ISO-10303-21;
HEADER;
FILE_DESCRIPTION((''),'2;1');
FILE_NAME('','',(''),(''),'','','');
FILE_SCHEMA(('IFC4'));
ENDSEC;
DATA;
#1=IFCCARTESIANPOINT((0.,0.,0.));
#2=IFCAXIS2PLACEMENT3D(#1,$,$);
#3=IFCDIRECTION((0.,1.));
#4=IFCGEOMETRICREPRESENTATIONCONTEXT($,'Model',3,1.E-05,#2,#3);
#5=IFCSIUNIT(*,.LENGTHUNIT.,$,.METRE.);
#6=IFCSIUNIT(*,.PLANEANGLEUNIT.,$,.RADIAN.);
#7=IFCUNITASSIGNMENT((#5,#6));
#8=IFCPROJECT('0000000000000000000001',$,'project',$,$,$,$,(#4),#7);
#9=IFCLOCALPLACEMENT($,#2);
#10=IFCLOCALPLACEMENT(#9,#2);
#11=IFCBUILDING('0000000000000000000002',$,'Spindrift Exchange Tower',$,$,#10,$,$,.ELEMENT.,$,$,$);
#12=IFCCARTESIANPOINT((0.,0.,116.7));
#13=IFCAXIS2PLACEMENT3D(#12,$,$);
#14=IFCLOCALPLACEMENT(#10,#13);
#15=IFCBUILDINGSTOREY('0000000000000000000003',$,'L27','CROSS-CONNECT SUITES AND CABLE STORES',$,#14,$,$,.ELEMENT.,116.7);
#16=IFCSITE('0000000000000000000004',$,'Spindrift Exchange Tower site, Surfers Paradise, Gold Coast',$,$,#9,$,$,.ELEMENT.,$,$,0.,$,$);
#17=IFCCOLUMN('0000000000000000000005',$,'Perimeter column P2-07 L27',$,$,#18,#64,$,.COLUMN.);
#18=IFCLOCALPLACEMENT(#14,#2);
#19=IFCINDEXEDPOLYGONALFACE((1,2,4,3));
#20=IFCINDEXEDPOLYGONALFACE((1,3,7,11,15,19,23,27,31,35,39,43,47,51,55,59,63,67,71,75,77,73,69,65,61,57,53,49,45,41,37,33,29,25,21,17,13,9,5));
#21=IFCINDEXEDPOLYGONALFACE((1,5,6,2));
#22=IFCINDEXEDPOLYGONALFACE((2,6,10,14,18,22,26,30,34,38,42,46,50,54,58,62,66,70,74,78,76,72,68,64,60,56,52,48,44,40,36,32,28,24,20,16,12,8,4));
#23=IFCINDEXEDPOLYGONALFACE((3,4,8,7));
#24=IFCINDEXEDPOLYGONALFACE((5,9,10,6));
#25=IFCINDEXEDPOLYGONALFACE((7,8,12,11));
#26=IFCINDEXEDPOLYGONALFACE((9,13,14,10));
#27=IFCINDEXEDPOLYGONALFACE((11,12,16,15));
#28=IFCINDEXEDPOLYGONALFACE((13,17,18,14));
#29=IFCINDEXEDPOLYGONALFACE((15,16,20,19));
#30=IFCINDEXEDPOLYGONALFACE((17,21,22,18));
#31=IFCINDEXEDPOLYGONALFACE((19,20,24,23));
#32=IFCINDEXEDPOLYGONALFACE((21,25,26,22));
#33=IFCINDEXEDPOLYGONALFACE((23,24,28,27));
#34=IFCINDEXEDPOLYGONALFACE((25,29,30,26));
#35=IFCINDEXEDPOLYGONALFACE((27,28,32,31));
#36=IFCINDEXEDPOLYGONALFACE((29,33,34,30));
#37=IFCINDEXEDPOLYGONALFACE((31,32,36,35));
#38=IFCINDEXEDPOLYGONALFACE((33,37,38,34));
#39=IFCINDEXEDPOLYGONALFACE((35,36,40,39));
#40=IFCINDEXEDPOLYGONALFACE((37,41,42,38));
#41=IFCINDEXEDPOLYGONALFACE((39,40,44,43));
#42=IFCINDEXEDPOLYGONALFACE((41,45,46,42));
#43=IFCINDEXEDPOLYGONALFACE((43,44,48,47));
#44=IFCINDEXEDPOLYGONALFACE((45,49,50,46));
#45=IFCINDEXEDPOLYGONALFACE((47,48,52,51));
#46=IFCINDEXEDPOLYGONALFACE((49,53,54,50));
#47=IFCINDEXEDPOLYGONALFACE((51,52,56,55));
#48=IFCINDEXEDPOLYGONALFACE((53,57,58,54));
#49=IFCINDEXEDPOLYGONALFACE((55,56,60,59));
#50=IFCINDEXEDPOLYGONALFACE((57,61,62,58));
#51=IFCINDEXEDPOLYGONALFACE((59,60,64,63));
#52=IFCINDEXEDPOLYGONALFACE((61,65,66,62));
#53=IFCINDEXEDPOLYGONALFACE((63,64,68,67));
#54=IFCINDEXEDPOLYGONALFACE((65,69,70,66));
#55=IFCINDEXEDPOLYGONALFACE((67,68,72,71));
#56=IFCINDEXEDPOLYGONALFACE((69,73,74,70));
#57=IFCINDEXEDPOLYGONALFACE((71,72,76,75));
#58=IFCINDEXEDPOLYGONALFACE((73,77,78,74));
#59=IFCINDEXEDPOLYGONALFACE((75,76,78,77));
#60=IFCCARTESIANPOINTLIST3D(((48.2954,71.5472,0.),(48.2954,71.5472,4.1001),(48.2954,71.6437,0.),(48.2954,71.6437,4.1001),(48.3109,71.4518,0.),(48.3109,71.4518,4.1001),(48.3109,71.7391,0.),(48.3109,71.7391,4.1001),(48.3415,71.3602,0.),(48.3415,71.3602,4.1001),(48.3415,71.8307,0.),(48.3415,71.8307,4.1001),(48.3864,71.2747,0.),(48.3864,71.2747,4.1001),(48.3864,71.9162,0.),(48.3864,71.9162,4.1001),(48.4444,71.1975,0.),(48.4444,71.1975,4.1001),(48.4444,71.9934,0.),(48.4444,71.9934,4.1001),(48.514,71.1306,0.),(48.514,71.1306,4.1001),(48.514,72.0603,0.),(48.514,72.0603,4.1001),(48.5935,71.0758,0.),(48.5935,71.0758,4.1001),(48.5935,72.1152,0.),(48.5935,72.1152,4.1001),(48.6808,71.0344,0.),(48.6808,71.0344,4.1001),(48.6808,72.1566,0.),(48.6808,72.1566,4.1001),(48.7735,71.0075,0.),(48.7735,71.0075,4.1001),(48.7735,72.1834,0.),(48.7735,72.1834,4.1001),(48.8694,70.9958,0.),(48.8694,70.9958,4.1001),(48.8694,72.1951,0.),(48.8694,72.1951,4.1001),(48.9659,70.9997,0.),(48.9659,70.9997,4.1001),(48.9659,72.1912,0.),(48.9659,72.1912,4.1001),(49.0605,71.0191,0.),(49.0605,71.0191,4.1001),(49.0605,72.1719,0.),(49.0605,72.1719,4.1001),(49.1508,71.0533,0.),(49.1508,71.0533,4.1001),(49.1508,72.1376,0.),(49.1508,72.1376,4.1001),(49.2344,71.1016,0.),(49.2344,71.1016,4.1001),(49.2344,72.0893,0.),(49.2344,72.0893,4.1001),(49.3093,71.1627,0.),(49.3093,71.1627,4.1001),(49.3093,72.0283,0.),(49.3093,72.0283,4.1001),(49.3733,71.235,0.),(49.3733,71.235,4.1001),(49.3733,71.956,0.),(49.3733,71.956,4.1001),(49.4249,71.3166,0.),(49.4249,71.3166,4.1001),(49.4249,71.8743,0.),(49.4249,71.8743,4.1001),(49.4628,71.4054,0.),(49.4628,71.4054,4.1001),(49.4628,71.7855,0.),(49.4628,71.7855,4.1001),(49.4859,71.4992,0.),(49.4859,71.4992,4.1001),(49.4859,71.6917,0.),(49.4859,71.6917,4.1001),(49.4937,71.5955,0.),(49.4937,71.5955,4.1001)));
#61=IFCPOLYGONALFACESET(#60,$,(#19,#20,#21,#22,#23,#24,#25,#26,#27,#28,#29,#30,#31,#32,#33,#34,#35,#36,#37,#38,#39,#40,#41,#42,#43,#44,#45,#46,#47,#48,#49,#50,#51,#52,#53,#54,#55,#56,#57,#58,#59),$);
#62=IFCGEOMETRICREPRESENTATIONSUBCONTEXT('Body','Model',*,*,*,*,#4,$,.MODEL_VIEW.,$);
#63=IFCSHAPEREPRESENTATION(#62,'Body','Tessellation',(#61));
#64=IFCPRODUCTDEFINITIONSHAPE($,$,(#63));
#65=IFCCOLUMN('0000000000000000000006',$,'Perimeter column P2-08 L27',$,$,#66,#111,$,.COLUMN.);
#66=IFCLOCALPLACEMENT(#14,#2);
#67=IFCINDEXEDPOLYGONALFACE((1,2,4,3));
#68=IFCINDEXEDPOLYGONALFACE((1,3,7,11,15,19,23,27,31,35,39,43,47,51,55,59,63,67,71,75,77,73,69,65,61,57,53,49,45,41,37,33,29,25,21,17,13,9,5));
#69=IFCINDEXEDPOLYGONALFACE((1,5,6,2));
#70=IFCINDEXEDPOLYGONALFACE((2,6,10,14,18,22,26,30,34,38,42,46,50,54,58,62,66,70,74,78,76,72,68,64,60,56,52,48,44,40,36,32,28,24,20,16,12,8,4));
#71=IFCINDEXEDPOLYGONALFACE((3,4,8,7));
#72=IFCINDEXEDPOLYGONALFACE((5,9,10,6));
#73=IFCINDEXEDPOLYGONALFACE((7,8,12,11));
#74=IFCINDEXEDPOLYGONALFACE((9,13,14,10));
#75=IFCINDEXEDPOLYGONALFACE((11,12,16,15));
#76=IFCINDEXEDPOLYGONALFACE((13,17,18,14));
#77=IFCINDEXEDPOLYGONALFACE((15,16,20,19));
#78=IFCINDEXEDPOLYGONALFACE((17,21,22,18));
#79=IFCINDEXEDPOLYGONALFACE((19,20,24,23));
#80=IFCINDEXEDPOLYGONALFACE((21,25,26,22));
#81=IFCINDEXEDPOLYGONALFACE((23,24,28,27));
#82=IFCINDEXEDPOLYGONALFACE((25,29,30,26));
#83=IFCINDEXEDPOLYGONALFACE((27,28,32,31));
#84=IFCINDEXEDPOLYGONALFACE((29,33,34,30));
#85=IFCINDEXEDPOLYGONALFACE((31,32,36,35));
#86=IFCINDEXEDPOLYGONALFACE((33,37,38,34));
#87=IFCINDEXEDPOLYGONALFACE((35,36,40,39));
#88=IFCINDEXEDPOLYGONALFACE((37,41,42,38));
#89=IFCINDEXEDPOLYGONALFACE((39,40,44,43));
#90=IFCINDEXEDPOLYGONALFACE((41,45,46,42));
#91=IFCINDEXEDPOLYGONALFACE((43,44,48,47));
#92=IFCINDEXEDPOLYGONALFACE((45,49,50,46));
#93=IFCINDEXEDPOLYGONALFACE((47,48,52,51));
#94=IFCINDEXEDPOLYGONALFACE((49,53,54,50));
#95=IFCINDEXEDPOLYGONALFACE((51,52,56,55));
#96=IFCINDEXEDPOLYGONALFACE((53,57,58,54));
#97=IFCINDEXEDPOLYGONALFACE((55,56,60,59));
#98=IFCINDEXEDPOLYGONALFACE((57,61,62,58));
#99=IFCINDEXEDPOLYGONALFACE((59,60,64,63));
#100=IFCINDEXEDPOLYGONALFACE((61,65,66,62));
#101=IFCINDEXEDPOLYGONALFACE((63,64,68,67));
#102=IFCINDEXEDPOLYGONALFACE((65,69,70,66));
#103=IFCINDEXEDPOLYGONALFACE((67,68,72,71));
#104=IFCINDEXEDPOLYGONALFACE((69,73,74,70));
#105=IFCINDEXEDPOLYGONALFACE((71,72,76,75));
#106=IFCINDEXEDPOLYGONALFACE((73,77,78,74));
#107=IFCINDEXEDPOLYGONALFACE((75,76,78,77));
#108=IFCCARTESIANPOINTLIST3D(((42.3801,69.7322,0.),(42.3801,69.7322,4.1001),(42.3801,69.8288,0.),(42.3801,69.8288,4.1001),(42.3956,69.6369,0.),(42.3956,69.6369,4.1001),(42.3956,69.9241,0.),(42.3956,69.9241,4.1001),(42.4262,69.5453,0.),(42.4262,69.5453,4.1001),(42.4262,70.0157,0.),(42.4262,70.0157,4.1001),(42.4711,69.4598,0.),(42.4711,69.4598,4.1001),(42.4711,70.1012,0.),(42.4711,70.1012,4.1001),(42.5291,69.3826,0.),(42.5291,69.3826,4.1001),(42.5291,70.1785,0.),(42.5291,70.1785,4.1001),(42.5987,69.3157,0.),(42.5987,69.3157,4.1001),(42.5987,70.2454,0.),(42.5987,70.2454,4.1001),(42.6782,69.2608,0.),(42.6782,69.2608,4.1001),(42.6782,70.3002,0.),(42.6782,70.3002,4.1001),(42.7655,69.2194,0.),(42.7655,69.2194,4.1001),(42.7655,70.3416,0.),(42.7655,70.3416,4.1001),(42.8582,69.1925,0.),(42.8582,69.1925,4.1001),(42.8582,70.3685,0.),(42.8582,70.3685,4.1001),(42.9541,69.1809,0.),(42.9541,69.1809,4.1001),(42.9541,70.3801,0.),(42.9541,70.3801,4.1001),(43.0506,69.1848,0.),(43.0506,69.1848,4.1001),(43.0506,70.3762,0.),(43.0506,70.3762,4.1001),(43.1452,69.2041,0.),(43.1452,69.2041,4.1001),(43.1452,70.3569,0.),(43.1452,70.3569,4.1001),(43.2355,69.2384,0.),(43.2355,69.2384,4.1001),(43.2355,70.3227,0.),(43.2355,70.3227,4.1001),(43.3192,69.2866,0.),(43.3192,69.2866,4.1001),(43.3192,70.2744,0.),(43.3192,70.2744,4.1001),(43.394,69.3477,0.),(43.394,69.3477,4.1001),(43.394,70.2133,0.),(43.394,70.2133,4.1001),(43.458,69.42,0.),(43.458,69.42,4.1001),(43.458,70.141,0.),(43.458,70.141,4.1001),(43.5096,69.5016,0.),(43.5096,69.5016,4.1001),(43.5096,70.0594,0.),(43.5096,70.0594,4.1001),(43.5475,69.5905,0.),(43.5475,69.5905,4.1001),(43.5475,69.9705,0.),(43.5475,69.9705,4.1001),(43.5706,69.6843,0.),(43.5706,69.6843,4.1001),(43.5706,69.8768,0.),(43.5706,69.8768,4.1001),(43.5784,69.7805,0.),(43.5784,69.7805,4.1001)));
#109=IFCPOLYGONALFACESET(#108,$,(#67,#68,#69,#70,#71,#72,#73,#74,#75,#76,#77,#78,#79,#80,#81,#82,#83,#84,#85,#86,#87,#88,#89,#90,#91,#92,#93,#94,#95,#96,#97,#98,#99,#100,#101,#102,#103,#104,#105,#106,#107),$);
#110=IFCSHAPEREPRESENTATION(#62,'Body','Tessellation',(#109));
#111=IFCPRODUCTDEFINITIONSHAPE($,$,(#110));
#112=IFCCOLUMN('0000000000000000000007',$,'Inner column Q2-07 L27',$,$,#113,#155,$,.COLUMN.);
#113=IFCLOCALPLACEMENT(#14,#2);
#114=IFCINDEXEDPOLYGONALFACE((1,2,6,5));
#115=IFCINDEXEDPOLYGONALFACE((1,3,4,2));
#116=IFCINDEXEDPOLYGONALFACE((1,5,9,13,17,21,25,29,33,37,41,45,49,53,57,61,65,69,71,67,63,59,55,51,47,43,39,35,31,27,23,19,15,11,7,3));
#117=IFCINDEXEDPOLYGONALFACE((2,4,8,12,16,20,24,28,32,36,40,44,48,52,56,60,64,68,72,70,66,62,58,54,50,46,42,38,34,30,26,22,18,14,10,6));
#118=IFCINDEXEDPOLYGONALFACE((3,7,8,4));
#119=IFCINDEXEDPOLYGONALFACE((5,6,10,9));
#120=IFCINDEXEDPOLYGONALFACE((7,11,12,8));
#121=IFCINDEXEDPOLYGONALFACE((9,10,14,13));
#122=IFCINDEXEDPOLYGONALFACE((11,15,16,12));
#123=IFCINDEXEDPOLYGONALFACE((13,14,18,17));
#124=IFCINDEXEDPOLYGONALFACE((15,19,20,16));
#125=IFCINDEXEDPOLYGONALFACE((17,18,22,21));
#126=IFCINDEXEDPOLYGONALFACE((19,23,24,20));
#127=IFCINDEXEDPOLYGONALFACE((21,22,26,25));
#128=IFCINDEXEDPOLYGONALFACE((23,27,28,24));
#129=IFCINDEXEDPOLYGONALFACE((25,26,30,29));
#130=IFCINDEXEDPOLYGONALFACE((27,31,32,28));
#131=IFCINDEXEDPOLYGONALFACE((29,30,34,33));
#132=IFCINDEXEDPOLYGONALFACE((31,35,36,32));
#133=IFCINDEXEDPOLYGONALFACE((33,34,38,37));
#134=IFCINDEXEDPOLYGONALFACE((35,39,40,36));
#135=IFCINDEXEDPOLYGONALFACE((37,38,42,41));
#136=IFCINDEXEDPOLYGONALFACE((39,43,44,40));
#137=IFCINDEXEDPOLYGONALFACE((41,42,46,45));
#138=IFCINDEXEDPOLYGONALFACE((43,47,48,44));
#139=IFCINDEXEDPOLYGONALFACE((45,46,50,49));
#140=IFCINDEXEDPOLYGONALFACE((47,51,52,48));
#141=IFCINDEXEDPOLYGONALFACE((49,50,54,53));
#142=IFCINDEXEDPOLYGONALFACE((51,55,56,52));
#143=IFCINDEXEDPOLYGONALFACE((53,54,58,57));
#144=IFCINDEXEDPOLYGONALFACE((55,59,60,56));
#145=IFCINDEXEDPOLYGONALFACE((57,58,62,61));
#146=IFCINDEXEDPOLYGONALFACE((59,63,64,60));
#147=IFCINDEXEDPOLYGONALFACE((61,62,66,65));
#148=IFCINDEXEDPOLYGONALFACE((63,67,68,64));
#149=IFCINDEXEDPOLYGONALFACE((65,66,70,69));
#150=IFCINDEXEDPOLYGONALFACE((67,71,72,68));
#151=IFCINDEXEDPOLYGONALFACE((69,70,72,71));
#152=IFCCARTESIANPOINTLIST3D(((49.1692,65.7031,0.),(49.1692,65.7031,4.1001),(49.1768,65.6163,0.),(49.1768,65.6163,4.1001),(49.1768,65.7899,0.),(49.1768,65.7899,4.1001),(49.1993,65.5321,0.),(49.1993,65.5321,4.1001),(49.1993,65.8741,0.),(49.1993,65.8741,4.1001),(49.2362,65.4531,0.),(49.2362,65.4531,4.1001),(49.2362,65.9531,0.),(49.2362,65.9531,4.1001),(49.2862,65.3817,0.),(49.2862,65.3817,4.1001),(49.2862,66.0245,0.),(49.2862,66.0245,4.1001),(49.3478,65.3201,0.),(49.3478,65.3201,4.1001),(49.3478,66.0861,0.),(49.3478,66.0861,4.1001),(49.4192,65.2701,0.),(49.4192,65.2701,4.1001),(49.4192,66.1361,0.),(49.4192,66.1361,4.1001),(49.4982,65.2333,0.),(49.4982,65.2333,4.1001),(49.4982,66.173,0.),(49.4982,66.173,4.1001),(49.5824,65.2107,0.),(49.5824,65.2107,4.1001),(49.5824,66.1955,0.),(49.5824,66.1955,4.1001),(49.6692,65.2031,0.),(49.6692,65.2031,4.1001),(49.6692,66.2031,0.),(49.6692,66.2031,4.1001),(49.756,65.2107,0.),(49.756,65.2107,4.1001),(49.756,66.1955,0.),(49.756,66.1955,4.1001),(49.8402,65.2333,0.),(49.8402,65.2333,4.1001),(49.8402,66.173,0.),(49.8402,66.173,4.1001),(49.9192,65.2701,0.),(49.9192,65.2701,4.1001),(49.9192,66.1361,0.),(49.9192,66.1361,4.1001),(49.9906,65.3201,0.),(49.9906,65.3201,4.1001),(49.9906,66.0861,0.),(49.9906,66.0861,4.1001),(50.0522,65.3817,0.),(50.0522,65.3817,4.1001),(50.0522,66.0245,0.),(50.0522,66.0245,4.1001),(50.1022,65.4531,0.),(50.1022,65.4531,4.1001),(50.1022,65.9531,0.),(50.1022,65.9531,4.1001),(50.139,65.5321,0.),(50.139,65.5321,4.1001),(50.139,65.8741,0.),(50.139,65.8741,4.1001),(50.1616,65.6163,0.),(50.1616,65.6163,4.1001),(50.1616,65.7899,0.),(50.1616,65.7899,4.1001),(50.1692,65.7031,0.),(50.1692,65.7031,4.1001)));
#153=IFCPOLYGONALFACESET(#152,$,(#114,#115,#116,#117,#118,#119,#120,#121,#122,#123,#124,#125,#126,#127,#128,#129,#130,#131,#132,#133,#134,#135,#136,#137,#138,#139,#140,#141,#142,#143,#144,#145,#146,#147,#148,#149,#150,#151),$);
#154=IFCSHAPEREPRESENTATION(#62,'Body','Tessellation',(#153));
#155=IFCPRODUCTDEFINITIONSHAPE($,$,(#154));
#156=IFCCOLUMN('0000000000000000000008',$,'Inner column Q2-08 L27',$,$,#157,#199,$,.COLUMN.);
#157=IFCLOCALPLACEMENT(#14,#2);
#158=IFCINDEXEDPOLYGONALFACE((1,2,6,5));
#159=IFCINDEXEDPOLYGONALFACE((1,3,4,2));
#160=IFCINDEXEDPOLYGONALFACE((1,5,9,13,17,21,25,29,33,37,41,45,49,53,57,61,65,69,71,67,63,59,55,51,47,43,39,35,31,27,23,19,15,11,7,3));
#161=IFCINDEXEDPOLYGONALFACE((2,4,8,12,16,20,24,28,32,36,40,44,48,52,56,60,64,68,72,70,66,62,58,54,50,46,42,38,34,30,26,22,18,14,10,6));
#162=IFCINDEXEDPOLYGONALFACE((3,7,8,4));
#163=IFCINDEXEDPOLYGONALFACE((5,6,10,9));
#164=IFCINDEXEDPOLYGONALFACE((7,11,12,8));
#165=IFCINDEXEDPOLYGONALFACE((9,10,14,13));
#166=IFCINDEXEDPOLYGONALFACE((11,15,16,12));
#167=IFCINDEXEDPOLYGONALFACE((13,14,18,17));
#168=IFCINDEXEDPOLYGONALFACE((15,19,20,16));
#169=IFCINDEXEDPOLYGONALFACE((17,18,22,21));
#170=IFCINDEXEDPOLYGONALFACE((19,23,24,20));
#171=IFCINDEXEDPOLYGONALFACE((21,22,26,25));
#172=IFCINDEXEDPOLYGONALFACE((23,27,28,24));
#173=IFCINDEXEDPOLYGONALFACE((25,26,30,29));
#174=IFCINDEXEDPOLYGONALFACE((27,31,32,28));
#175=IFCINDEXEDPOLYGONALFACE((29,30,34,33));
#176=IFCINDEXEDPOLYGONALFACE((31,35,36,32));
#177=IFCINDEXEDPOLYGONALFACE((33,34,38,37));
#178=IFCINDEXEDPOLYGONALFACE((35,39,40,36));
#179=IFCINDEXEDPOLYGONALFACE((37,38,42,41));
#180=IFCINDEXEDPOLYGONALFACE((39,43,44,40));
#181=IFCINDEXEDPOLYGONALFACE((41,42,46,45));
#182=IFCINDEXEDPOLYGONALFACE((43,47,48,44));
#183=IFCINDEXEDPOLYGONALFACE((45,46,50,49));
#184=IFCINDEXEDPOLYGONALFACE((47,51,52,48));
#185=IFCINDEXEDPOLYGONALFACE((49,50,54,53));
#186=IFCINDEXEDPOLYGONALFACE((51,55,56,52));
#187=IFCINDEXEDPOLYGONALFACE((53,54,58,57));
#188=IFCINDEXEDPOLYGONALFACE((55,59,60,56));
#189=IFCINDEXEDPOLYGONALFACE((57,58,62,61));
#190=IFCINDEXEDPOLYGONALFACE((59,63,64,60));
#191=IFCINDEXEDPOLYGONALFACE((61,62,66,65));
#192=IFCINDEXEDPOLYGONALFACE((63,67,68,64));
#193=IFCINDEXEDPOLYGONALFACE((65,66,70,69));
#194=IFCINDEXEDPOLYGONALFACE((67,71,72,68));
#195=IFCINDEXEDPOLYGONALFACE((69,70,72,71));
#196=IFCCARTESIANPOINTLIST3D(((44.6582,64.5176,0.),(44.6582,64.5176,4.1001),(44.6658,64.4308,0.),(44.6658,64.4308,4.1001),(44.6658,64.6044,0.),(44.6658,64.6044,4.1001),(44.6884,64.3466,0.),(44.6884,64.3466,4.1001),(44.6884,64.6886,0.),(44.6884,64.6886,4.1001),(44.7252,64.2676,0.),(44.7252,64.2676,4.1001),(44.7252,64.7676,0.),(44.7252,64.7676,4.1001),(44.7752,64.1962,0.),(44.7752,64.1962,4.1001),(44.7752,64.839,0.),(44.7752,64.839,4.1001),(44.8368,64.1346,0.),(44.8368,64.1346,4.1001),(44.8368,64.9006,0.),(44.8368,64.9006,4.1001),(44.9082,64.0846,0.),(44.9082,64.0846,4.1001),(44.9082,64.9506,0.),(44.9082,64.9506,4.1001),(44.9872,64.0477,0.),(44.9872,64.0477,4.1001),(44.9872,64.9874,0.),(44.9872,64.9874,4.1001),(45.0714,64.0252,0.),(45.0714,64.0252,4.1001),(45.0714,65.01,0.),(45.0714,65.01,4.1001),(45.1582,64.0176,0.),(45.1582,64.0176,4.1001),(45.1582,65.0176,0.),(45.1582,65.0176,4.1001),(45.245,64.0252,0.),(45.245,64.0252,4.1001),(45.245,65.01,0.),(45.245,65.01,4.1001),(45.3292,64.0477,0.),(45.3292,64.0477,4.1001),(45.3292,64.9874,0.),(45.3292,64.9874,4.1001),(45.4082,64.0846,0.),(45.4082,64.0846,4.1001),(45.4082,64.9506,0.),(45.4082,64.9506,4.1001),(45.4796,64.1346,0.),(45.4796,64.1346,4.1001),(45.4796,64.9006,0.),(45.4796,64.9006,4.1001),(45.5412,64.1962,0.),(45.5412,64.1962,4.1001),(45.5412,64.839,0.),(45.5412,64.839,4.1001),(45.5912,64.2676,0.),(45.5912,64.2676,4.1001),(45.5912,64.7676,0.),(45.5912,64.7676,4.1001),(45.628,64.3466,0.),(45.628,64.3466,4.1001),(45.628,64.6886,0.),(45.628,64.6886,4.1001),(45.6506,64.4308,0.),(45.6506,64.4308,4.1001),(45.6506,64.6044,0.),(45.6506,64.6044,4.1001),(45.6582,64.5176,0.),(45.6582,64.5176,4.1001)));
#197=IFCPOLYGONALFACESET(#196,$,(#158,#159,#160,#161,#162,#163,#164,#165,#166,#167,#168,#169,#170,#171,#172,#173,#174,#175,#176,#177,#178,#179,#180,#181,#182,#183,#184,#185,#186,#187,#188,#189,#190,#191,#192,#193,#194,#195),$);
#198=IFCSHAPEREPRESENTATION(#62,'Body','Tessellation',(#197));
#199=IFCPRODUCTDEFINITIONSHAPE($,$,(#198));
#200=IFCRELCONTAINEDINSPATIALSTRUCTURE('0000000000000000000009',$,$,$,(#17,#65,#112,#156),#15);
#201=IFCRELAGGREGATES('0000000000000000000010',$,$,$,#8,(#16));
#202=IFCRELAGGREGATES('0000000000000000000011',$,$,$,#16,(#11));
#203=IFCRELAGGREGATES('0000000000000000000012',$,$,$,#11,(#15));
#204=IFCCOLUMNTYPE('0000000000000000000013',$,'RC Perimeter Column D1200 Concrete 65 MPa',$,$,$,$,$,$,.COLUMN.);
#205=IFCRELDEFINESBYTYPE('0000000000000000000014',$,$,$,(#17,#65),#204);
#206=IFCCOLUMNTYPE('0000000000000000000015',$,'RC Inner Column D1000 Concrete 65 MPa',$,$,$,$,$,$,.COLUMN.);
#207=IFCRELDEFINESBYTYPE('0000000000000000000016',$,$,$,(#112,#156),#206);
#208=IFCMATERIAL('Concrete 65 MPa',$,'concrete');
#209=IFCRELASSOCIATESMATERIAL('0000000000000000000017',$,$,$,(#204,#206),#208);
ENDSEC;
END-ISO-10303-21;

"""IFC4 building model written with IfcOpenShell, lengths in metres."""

from ifc_helpers import new_model, si_unit, direction, frame, origin, origin_2d, place, context, subcontext, project, spatial, circle, extrude, source, transform, mapped, material, material_profile, profile_set, type_object, element, save


model = new_model("IFC4")

# Units and contexts
model_context = context("Model", 3, precision=1e-05, world=origin(), true_north=direction((0.0, 1.0)))
body_context = subcontext(model_context, "Body", "Model", "MODEL_VIEW")
ifc_project = project(units=[si_unit("LENGTHUNIT", "METRE"), si_unit("PLANEANGLEUNIT", "RADIAN")], contexts=[model_context])

# Site, building, storey
site_placement = place(None, origin())
site = spatial("IfcSite", under=ifc_project, at=site_placement, Name="Spindrift Exchange Tower site, Surfers Paradise, Gold Coast", CompositionType="ELEMENT", RefElevation=0.0)
building_placement = place(site_placement, origin())
building = spatial("IfcBuilding", under=site, at=building_placement, Name="Spindrift Exchange Tower", CompositionType="ELEMENT")
storey_placement = place(building_placement, frame((0.0, 0.0, 116.7)))
storey = spatial("IfcBuildingStorey", under=building, at=storey_placement, Name="L27", Description="CROSS-CONNECT SUITES AND CABLE STORES", CompositionType="ELEMENT", Elevation=116.7)

# Columns
ifc_material_1 = material(Name="Concrete 65 MPa", Category="concrete")
ifc_material_profile_1 = material_profile(ifc_material_1, circle(Radius=0.6001, at=origin_2d()), Name="RC D1200")
ifc_profile_set_1 = profile_set([ifc_material_profile_1], Name="Concrete 65 MPa")
column_type_1 = type_object("IfcColumnType", Name="RC Perimeter Column D1200 Concrete 65 MPa", PredefinedType="COLUMN", material=ifc_profile_set_1)
shared_shape_1 = source(origin(), body_context, "Body", "SweptSolid", [
    extrude(circle(Radius=0.6001, at=origin_2d()), origin(), (0.0, 0.0, 1.0), 4.1001),
])
for number, where, z_axis, x_axis, name in (
    (1, (48.8936, 71.5955, 0.0), (0.0, 0.0, 1.0), (1.0, 0.0, 0.0), "Perimeter column P2-07 L27"),
    (2, (42.9783, 69.7805, 0.0), (0.0, 0.0, 1.0), (1.0, 0.0, 0.0), "Perimeter column P2-08 L27"),
):
    element("IfcColumn", number, at=place(storey_placement, frame(where, z_axis=z_axis, x_axis=x_axis)), inside=storey, type_object=column_type_1, Name=name, PredefinedType="COLUMN", context=body_context, shape_type="MappedRepresentation", body=[
        mapped(shared_shape_1, transform((0.0, 0.0, 0.0), scale=1.0)),
    ])
ifc_material_profile_2 = material_profile(ifc_material_1, circle(Radius=0.5, at=origin_2d()), Name="RC D1000")
ifc_profile_set_2 = profile_set([ifc_material_profile_2], Name="Concrete 65 MPa")
column_type_2 = type_object("IfcColumnType", Name="RC Inner Column D1000 Concrete 65 MPa", PredefinedType="COLUMN", material=ifc_profile_set_2)
shared_shape_2 = source(origin(), body_context, "Body", "SweptSolid", [
    extrude(circle(Radius=0.5, at=origin_2d()), origin(), (0.0, 0.0, 1.0), 4.1001),
])
for number, where, z_axis, x_axis, name in (
    (3, (49.6692, 65.7031, 0.0), (0.0, 0.0, 1.0), (1.0, 0.0, 0.0), "Inner column Q2-07 L27"),
    (4, (45.1582, 64.5176, 0.0), (0.0, 0.0, 1.0), (1.0, 0.0, 0.0), "Inner column Q2-08 L27"),
):
    element("IfcColumn", number, at=place(storey_placement, frame(where, z_axis=z_axis, x_axis=x_axis)), inside=storey, type_object=column_type_2, Name=name, PredefinedType="COLUMN", context=body_context, shape_type="MappedRepresentation", body=[
        mapped(shared_shape_2, transform((0.0, 0.0, 0.0), scale=1.0)),
    ])

save(model, "model.ifc")
